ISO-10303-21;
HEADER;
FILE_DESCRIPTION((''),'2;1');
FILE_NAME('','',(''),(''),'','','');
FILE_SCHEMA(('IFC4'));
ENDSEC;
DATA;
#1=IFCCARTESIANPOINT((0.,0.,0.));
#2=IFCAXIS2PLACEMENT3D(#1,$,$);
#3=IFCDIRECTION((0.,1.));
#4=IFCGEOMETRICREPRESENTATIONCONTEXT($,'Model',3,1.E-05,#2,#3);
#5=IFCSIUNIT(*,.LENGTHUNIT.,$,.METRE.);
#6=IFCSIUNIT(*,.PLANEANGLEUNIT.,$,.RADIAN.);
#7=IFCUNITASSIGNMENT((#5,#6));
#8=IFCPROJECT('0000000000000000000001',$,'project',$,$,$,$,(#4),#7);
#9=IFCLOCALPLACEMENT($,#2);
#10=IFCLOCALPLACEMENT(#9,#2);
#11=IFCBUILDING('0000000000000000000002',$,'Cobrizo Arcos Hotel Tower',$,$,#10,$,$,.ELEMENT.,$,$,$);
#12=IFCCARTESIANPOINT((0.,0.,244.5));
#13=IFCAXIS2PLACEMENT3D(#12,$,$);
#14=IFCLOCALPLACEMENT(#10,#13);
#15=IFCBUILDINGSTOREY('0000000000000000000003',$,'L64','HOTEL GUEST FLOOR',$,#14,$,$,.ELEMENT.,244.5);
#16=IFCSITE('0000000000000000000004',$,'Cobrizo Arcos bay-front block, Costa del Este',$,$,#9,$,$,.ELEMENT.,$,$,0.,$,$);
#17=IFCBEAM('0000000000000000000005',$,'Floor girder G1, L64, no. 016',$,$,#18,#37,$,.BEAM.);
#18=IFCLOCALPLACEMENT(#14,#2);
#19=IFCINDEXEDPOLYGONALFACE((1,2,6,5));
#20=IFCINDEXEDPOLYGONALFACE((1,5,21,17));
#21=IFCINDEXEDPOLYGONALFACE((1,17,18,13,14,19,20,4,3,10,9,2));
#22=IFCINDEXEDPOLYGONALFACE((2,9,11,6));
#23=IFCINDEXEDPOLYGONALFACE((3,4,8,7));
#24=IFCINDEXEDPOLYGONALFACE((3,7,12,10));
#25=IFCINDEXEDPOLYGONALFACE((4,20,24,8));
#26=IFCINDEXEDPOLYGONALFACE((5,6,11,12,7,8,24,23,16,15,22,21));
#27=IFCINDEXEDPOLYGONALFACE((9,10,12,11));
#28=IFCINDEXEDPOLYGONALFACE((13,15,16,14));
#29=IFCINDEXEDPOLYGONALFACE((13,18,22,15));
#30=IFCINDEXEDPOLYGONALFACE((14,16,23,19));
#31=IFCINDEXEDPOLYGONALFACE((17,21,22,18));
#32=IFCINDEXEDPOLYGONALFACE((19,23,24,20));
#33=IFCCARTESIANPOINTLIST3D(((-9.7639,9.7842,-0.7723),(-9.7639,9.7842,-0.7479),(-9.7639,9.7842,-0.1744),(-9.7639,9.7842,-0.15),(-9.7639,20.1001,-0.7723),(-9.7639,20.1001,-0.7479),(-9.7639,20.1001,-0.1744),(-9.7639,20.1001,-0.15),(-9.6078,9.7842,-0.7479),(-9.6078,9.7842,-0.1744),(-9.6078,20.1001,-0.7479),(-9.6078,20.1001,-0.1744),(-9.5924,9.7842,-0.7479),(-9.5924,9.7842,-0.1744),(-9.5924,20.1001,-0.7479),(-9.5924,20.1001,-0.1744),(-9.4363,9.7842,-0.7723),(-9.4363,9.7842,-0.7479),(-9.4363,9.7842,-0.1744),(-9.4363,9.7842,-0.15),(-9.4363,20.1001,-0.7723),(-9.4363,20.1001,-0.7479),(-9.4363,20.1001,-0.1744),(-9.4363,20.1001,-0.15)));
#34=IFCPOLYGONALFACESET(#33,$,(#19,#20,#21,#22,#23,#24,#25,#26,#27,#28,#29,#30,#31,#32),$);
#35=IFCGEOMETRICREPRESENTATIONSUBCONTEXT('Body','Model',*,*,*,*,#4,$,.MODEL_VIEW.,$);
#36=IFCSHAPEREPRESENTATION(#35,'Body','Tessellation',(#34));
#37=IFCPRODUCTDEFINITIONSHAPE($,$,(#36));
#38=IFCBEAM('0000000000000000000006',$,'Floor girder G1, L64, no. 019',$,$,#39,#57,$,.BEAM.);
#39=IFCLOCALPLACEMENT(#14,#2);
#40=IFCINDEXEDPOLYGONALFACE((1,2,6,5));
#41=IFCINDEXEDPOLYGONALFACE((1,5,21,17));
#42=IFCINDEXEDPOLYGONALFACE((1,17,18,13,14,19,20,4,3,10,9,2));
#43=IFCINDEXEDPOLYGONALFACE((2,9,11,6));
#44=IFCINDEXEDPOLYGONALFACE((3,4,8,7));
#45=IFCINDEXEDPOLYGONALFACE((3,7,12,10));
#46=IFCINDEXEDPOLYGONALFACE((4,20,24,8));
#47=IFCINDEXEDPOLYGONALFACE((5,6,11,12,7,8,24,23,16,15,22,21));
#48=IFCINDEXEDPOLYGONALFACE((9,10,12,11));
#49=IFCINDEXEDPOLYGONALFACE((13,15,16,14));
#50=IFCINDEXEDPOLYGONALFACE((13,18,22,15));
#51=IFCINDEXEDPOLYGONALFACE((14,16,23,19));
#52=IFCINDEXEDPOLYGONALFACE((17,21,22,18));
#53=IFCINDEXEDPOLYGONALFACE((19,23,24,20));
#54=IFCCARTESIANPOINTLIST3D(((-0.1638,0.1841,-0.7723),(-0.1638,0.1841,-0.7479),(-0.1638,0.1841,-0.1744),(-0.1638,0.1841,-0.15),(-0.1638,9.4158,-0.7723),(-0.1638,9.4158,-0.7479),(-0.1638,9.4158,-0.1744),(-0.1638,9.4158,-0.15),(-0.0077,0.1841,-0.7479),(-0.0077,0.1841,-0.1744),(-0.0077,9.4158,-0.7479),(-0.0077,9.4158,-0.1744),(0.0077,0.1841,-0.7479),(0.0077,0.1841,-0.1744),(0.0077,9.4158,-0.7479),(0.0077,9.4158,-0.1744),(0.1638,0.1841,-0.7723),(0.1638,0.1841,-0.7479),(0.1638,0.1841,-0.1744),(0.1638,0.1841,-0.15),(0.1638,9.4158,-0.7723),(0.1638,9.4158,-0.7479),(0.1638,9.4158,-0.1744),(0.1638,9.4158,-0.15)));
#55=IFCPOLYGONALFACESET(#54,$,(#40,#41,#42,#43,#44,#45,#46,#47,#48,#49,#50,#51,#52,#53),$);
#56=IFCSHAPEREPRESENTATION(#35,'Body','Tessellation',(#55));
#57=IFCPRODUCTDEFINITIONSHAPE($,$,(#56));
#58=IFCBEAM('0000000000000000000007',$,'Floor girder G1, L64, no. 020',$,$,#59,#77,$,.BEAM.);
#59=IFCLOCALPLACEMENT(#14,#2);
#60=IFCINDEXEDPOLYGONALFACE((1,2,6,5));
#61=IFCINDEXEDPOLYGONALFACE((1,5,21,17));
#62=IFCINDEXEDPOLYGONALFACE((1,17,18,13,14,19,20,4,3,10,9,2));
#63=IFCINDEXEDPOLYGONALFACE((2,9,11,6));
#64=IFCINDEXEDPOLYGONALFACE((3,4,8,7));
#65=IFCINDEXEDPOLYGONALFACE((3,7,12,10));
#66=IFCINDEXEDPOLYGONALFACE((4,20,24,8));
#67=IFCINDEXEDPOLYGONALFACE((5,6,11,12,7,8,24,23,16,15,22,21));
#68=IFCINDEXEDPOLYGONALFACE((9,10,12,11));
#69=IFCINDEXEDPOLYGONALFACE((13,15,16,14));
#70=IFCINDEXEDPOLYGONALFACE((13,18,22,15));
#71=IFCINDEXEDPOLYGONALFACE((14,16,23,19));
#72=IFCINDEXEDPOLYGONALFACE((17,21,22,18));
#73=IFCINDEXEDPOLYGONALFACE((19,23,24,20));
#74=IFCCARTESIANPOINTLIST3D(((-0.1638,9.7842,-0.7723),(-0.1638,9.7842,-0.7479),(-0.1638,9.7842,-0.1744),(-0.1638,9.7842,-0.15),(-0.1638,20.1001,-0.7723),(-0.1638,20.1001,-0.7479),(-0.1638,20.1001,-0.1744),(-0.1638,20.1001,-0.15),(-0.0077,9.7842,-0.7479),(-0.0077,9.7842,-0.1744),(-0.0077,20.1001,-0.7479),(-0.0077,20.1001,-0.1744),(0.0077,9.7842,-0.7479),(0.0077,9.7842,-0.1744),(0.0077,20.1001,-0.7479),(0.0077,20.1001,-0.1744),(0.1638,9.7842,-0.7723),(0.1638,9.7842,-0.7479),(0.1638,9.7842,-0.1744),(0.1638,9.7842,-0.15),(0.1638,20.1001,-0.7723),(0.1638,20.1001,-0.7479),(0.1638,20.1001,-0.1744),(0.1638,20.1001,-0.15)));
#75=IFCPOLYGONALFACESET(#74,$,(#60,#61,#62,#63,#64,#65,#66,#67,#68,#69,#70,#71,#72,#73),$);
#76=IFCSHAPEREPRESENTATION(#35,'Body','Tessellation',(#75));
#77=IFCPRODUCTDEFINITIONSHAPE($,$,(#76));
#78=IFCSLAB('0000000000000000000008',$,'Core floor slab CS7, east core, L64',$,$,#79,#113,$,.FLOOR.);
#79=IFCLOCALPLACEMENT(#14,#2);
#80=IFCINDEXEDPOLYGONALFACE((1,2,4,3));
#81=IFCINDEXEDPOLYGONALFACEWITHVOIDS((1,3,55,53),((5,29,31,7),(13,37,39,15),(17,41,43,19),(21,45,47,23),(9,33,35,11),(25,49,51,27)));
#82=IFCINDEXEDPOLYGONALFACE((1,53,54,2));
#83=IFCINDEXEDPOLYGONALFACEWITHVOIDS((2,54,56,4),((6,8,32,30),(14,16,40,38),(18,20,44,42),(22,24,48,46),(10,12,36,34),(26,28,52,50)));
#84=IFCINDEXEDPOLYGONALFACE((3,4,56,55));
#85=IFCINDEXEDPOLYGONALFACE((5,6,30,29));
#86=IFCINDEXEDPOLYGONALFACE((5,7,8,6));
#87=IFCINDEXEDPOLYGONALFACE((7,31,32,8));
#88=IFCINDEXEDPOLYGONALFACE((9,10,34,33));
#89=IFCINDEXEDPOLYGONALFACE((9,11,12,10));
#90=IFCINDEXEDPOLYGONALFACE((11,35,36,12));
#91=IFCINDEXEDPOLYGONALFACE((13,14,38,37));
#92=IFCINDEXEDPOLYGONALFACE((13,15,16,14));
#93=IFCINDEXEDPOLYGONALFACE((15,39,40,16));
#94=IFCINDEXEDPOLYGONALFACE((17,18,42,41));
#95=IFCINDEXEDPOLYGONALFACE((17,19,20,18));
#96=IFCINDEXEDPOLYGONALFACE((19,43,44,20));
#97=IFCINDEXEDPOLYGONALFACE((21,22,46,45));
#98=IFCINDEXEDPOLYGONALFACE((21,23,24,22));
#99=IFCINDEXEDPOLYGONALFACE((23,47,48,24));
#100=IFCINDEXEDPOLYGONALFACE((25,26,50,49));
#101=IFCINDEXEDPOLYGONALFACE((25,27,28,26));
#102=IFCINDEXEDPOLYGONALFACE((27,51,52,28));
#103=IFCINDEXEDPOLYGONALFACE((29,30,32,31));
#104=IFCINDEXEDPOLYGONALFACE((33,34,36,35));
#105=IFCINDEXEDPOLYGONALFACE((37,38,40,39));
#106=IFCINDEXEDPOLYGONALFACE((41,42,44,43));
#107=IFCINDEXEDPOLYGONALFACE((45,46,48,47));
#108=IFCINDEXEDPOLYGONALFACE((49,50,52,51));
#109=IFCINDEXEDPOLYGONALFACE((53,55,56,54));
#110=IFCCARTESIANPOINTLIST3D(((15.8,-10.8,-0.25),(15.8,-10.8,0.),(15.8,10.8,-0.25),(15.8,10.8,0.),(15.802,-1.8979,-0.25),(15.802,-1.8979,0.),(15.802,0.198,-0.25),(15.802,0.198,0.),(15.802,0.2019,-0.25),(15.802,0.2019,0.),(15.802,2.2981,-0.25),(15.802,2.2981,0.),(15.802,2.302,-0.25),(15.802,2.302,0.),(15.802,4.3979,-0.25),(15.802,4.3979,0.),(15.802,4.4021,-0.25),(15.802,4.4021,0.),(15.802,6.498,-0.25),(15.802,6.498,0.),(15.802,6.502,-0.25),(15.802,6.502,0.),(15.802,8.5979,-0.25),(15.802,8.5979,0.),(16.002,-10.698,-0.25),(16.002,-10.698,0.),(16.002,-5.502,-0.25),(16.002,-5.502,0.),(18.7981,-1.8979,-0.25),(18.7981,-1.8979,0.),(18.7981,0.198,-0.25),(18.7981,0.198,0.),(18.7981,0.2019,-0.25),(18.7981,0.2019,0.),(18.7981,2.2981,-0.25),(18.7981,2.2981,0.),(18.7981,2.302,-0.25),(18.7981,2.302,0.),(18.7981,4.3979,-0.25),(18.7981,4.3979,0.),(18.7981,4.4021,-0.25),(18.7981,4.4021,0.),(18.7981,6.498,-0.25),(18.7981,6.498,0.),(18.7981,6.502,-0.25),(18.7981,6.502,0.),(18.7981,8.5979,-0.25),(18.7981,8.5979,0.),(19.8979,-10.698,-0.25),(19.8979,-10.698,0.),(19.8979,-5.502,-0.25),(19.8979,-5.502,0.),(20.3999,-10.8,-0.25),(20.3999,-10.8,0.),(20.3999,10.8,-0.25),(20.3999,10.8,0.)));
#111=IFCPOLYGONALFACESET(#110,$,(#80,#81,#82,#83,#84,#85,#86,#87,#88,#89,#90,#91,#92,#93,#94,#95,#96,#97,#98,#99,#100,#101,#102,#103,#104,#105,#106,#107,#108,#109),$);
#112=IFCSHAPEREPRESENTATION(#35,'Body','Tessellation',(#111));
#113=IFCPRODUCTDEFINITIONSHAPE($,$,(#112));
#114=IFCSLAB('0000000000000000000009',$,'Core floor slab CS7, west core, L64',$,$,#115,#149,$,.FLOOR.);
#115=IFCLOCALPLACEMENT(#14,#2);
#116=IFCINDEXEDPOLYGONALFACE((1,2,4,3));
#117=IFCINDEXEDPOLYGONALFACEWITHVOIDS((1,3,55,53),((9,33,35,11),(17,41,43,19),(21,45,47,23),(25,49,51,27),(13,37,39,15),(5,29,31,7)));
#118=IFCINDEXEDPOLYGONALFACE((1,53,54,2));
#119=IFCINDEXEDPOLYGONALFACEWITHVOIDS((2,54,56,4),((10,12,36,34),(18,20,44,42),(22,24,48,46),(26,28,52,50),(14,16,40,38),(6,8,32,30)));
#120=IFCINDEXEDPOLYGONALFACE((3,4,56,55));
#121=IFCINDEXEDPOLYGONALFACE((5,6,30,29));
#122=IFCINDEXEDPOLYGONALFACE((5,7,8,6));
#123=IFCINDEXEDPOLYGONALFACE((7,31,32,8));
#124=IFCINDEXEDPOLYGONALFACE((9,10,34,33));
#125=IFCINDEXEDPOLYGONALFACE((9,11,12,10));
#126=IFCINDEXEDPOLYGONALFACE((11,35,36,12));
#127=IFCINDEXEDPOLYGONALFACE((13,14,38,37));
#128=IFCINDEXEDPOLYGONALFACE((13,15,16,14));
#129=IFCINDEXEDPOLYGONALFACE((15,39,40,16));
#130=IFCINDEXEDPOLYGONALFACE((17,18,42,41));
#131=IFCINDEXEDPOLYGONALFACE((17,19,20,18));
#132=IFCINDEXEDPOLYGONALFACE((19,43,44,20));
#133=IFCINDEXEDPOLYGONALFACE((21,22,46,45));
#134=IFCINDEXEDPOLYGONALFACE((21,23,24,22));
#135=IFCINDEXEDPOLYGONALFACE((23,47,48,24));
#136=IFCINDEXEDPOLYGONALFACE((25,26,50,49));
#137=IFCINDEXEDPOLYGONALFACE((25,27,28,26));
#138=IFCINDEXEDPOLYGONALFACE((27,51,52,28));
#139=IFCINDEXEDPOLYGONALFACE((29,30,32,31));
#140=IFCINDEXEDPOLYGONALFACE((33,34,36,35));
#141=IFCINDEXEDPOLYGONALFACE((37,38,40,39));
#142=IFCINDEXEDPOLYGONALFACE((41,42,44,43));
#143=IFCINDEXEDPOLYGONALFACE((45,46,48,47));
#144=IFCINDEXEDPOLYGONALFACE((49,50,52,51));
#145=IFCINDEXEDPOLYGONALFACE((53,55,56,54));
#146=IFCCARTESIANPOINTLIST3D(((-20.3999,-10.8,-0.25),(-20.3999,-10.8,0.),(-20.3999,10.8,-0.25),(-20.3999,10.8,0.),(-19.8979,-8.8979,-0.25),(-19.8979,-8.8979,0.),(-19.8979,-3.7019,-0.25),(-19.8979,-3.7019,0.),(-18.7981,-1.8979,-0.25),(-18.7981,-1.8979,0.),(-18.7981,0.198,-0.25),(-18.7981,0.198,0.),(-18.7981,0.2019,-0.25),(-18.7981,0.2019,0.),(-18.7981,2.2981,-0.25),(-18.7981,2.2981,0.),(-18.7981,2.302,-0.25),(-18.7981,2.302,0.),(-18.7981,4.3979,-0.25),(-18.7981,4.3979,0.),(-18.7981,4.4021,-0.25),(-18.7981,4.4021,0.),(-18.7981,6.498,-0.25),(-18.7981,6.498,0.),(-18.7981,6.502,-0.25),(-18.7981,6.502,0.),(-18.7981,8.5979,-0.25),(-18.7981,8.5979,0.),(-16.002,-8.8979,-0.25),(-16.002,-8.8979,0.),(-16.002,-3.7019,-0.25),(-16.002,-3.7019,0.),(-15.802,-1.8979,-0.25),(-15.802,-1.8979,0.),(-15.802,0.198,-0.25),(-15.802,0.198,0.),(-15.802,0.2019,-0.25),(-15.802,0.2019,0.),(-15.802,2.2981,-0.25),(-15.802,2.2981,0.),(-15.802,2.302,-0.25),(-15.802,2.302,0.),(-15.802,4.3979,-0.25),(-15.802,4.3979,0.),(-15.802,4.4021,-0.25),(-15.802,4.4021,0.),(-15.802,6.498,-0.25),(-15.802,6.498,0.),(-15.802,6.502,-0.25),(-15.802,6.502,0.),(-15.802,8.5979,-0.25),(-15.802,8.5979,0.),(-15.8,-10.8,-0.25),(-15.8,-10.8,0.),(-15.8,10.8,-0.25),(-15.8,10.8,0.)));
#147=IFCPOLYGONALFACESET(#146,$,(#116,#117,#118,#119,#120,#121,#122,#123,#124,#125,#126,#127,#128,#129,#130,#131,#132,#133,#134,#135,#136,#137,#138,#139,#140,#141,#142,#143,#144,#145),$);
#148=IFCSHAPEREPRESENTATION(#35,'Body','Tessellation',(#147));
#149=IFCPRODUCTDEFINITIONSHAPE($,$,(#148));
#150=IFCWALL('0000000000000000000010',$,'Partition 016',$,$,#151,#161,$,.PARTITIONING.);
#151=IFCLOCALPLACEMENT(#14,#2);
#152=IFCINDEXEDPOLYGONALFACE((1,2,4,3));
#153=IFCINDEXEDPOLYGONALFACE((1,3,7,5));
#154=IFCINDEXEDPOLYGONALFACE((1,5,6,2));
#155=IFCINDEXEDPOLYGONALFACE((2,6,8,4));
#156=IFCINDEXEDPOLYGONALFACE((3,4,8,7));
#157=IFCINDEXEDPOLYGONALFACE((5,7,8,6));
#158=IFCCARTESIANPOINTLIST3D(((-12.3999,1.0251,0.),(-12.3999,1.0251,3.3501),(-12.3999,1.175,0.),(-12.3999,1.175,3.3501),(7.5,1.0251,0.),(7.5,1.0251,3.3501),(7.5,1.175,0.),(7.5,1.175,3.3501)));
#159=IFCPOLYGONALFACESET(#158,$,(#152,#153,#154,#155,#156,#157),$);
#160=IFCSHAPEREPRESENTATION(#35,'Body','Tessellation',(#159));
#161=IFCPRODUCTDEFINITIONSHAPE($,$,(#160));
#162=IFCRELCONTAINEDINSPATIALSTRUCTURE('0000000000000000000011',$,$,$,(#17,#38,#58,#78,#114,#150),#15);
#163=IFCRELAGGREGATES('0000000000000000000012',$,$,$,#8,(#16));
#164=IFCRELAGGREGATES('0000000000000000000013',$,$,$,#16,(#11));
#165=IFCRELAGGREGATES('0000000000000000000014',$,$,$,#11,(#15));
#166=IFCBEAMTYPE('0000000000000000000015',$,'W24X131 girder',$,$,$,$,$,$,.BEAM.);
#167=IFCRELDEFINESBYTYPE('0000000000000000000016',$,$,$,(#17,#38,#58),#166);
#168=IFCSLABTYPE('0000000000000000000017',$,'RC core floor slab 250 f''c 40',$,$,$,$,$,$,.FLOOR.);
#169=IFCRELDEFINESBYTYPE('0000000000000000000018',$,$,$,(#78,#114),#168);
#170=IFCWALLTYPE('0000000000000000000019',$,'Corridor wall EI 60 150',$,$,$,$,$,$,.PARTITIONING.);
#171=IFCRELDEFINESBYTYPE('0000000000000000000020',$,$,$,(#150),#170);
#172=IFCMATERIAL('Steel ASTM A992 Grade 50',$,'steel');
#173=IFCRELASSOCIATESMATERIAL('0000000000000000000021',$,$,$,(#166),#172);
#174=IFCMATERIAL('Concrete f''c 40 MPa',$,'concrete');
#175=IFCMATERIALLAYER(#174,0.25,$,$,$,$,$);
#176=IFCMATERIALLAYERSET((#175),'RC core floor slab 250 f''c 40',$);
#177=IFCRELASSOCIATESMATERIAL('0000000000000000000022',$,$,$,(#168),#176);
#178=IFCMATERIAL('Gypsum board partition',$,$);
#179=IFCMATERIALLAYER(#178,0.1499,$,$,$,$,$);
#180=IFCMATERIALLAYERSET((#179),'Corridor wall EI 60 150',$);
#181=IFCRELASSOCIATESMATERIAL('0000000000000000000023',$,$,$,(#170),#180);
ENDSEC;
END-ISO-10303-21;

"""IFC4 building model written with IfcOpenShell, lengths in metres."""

from ifc_helpers import new_model, si_unit, direction, frame, frame_2d, origin, origin_2d, place, context, subcontext, project, spatial, polyline, rectangle, i_section, outline, extrude, material, layer, layer_set, material_profile, profile_set, type_object, element, save


model = new_model("IFC4")

# Units and contexts
model_context = context("Model", 3, precision=1e-05, world=origin(), true_north=direction((0.0, 1.0)))
body_context = subcontext(model_context, "Body", "Model", "MODEL_VIEW")
ifc_project = project(units=[si_unit("LENGTHUNIT", "METRE"), si_unit("PLANEANGLEUNIT", "RADIAN")], contexts=[model_context])

# Site, building, storey
site_placement = place(None, origin())
site = spatial("IfcSite", under=ifc_project, at=site_placement, Name="Cobrizo Arcos bay-front block, Costa del Este", CompositionType="ELEMENT", RefElevation=0.0)
building_placement = place(site_placement, origin())
building = spatial("IfcBuilding", under=site, at=building_placement, Name="Cobrizo Arcos Hotel Tower", CompositionType="ELEMENT")
storey_placement = place(building_placement, frame((0.0, 0.0, 244.5)))
storey = spatial("IfcBuildingStorey", under=building, at=storey_placement, Name="L64", Description="HOTEL GUEST FLOOR", CompositionType="ELEMENT", Elevation=244.5)

# Shared definitions
ifc_material_1 = material(Name="Steel ASTM A992 Grade 50", Category="steel")

# Beams
ifc_material_profile_1 = material_profile(ifc_material_1, i_section(OverallWidth=0.3276, OverallDepth=0.6223, WebThickness=0.0154, FlangeThickness=0.0244, at=origin_2d()), Name="W24X131")
ifc_profile_set_1 = profile_set([ifc_material_profile_1], Name="Steel ASTM A992 Grade 50")
beam_type_1 = type_object("IfcBeamType", Name="W24X131 girder", PredefinedType="BEAM", material=ifc_profile_set_1)
beam_1_placement = place(storey_placement, frame((-9.6001, 9.7842, -0.4612), z_axis=(0.0, 1.0, 0.0), x_axis=(-1.0, 0.0, 0.0)))
element("IfcBeam", 1, at=beam_1_placement, inside=storey, type_object=beam_type_1, Name="Floor girder G1, L64, no. 016", PredefinedType="BEAM", context=body_context, shape_type="SweptSolid", body=[
    extrude(i_section(OverallWidth=0.3276, OverallDepth=0.6223, WebThickness=0.0154, FlangeThickness=0.0244, at=origin_2d()), origin(), (0.0, 0.0, 1.0), 10.3159),
])
beam_2_placement = place(storey_placement, frame((0.0, 0.1841, -0.4612), z_axis=(0.0, 1.0, 0.0), x_axis=(-1.0, 0.0, 0.0)))
element("IfcBeam", 2, at=beam_2_placement, inside=storey, type_object=beam_type_1, Name="Floor girder G1, L64, no. 019", PredefinedType="BEAM", context=body_context, shape_type="SweptSolid", body=[
    extrude(i_section(OverallWidth=0.3276, OverallDepth=0.6223, WebThickness=0.0154, FlangeThickness=0.0244, at=origin_2d()), origin(), (0.0, 0.0, 1.0), 9.2317),
])
beam_3_placement = place(storey_placement, frame((0.0, 9.7842, -0.4612), z_axis=(0.0, 1.0, 0.0), x_axis=(-1.0, 0.0, 0.0)))
element("IfcBeam", 3, at=beam_3_placement, inside=storey, type_object=beam_type_1, Name="Floor girder G1, L64, no. 020", PredefinedType="BEAM", context=body_context, shape_type="SweptSolid", body=[
    extrude(i_section(OverallWidth=0.3276, OverallDepth=0.6223, WebThickness=0.0154, FlangeThickness=0.0244, at=origin_2d()), origin(), (0.0, 0.0, 1.0), 10.3159),
])

# Slabs
ifc_material_2 = material(Name="Concrete f'c 40 MPa", Category="concrete")
ifc_layer_1 = layer(ifc_material_2, 0.25)
ifc_layer_set_1 = layer_set([ifc_layer_1], Name="RC core floor slab 250 f'c 40")
slab_type_1 = type_object("IfcSlabType", Name="RC core floor slab 250 f'c 40", PredefinedType="FLOOR", material=ifc_layer_set_1)
slab_1_placement = place(storey_placement, frame((0.0, 0.0, -0.25)))
element("IfcSlab", 4, at=slab_1_placement, inside=storey, type_object=slab_type_1, Name="Core floor slab CS7, east core, L64", PredefinedType="FLOOR", context=body_context, shape_type="SweptSolid", body=[
    extrude(outline(polyline([(15.8, 10.8), (20.3999, 10.8), (20.3999, -10.8), (15.8, -10.8), (15.8, 10.8)]), holes=[polyline([(19.8979, -10.698), (19.8979, -5.502), (16.002, -5.502), (16.002, -10.698), (19.8979, -10.698)]), polyline([(15.802, 0.198), (15.802, -1.8979), (18.7981, -1.8979), (18.7981, 0.198), (15.802, 0.198)]), polyline([(15.802, 2.2981), (15.802, 0.2019), (18.7981, 0.2019), (18.7981, 2.2981), (15.802, 2.2981)]), polyline([(15.802, 4.3979), (15.802, 2.302), (18.7981, 2.302), (18.7981, 4.3979), (15.802, 4.3979)]), polyline([(18.7981, 6.498), (15.802, 6.498), (15.802, 4.4021), (18.7981, 4.4021), (18.7981, 6.498)]), polyline([(18.7981, 8.5979), (15.802, 8.5979), (15.802, 6.502), (18.7981, 6.502), (18.7981, 8.5979)])]), origin(), (0.0, 0.0, 1.0), 0.25),
])
slab_2_placement = place(storey_placement, frame((0.0, 0.0, -0.25)))
element("IfcSlab", 5, at=slab_2_placement, inside=storey, type_object=slab_type_1, Name="Core floor slab CS7, west core, L64", PredefinedType="FLOOR", context=body_context, shape_type="SweptSolid", body=[
    extrude(outline(polyline([(-20.3999, 10.8), (-15.8, 10.8), (-15.8, -10.8), (-20.3999, -10.8), (-20.3999, 10.8)]), holes=[polyline([(-19.8979, -3.7019), (-19.8979, -8.8979), (-16.002, -8.8979), (-16.002, -3.7019), (-19.8979, -3.7019)]), polyline([(-18.7981, 0.198), (-18.7981, -1.8979), (-15.802, -1.8979), (-15.802, 0.198), (-18.7981, 0.198)]), polyline([(-18.7981, 2.2981), (-18.7981, 0.2019), (-15.802, 0.2019), (-15.802, 2.2981), (-18.7981, 2.2981)]), polyline([(-18.7981, 4.3979), (-18.7981, 2.302), (-15.802, 2.302), (-15.802, 4.3979), (-18.7981, 4.3979)]), polyline([(-15.802, 6.498), (-18.7981, 6.498), (-18.7981, 4.4021), (-15.802, 4.4021), (-15.802, 6.498)]), polyline([(-15.802, 8.5979), (-18.7981, 8.5979), (-18.7981, 6.502), (-15.802, 6.502), (-15.802, 8.5979)])]), origin(), (0.0, 0.0, 1.0), 0.25),
])

# Wall
ifc_material_3 = material(Name="Gypsum board partition")
ifc_layer_2 = layer(ifc_material_3, 0.1499)
ifc_layer_set_2 = layer_set([ifc_layer_2], Name="Corridor wall EI 60 150")
wall_type_1 = type_object("IfcWallType", Name="Corridor wall EI 60 150", PredefinedType="PARTITIONING", material=ifc_layer_set_2)
wall_1_placement = place(storey_placement, frame((-12.3999, 1.1001, 0.0), z_axis=(0.0, 0.0, 1.0), x_axis=(1.0, 0.0, 0.0)))
element("IfcWall", 6, at=wall_1_placement, inside=storey, type_object=wall_type_1, Name="Partition 016", PredefinedType="PARTITIONING", context=body_context, shape_type="SweptSolid", body=[
    extrude(rectangle(XDim=19.8999, YDim=0.1499, at=frame_2d((9.95, 0.0))), origin(), (0.0, 0.0, 1.0), 3.3501),
])

save(model, "model.ifc")
